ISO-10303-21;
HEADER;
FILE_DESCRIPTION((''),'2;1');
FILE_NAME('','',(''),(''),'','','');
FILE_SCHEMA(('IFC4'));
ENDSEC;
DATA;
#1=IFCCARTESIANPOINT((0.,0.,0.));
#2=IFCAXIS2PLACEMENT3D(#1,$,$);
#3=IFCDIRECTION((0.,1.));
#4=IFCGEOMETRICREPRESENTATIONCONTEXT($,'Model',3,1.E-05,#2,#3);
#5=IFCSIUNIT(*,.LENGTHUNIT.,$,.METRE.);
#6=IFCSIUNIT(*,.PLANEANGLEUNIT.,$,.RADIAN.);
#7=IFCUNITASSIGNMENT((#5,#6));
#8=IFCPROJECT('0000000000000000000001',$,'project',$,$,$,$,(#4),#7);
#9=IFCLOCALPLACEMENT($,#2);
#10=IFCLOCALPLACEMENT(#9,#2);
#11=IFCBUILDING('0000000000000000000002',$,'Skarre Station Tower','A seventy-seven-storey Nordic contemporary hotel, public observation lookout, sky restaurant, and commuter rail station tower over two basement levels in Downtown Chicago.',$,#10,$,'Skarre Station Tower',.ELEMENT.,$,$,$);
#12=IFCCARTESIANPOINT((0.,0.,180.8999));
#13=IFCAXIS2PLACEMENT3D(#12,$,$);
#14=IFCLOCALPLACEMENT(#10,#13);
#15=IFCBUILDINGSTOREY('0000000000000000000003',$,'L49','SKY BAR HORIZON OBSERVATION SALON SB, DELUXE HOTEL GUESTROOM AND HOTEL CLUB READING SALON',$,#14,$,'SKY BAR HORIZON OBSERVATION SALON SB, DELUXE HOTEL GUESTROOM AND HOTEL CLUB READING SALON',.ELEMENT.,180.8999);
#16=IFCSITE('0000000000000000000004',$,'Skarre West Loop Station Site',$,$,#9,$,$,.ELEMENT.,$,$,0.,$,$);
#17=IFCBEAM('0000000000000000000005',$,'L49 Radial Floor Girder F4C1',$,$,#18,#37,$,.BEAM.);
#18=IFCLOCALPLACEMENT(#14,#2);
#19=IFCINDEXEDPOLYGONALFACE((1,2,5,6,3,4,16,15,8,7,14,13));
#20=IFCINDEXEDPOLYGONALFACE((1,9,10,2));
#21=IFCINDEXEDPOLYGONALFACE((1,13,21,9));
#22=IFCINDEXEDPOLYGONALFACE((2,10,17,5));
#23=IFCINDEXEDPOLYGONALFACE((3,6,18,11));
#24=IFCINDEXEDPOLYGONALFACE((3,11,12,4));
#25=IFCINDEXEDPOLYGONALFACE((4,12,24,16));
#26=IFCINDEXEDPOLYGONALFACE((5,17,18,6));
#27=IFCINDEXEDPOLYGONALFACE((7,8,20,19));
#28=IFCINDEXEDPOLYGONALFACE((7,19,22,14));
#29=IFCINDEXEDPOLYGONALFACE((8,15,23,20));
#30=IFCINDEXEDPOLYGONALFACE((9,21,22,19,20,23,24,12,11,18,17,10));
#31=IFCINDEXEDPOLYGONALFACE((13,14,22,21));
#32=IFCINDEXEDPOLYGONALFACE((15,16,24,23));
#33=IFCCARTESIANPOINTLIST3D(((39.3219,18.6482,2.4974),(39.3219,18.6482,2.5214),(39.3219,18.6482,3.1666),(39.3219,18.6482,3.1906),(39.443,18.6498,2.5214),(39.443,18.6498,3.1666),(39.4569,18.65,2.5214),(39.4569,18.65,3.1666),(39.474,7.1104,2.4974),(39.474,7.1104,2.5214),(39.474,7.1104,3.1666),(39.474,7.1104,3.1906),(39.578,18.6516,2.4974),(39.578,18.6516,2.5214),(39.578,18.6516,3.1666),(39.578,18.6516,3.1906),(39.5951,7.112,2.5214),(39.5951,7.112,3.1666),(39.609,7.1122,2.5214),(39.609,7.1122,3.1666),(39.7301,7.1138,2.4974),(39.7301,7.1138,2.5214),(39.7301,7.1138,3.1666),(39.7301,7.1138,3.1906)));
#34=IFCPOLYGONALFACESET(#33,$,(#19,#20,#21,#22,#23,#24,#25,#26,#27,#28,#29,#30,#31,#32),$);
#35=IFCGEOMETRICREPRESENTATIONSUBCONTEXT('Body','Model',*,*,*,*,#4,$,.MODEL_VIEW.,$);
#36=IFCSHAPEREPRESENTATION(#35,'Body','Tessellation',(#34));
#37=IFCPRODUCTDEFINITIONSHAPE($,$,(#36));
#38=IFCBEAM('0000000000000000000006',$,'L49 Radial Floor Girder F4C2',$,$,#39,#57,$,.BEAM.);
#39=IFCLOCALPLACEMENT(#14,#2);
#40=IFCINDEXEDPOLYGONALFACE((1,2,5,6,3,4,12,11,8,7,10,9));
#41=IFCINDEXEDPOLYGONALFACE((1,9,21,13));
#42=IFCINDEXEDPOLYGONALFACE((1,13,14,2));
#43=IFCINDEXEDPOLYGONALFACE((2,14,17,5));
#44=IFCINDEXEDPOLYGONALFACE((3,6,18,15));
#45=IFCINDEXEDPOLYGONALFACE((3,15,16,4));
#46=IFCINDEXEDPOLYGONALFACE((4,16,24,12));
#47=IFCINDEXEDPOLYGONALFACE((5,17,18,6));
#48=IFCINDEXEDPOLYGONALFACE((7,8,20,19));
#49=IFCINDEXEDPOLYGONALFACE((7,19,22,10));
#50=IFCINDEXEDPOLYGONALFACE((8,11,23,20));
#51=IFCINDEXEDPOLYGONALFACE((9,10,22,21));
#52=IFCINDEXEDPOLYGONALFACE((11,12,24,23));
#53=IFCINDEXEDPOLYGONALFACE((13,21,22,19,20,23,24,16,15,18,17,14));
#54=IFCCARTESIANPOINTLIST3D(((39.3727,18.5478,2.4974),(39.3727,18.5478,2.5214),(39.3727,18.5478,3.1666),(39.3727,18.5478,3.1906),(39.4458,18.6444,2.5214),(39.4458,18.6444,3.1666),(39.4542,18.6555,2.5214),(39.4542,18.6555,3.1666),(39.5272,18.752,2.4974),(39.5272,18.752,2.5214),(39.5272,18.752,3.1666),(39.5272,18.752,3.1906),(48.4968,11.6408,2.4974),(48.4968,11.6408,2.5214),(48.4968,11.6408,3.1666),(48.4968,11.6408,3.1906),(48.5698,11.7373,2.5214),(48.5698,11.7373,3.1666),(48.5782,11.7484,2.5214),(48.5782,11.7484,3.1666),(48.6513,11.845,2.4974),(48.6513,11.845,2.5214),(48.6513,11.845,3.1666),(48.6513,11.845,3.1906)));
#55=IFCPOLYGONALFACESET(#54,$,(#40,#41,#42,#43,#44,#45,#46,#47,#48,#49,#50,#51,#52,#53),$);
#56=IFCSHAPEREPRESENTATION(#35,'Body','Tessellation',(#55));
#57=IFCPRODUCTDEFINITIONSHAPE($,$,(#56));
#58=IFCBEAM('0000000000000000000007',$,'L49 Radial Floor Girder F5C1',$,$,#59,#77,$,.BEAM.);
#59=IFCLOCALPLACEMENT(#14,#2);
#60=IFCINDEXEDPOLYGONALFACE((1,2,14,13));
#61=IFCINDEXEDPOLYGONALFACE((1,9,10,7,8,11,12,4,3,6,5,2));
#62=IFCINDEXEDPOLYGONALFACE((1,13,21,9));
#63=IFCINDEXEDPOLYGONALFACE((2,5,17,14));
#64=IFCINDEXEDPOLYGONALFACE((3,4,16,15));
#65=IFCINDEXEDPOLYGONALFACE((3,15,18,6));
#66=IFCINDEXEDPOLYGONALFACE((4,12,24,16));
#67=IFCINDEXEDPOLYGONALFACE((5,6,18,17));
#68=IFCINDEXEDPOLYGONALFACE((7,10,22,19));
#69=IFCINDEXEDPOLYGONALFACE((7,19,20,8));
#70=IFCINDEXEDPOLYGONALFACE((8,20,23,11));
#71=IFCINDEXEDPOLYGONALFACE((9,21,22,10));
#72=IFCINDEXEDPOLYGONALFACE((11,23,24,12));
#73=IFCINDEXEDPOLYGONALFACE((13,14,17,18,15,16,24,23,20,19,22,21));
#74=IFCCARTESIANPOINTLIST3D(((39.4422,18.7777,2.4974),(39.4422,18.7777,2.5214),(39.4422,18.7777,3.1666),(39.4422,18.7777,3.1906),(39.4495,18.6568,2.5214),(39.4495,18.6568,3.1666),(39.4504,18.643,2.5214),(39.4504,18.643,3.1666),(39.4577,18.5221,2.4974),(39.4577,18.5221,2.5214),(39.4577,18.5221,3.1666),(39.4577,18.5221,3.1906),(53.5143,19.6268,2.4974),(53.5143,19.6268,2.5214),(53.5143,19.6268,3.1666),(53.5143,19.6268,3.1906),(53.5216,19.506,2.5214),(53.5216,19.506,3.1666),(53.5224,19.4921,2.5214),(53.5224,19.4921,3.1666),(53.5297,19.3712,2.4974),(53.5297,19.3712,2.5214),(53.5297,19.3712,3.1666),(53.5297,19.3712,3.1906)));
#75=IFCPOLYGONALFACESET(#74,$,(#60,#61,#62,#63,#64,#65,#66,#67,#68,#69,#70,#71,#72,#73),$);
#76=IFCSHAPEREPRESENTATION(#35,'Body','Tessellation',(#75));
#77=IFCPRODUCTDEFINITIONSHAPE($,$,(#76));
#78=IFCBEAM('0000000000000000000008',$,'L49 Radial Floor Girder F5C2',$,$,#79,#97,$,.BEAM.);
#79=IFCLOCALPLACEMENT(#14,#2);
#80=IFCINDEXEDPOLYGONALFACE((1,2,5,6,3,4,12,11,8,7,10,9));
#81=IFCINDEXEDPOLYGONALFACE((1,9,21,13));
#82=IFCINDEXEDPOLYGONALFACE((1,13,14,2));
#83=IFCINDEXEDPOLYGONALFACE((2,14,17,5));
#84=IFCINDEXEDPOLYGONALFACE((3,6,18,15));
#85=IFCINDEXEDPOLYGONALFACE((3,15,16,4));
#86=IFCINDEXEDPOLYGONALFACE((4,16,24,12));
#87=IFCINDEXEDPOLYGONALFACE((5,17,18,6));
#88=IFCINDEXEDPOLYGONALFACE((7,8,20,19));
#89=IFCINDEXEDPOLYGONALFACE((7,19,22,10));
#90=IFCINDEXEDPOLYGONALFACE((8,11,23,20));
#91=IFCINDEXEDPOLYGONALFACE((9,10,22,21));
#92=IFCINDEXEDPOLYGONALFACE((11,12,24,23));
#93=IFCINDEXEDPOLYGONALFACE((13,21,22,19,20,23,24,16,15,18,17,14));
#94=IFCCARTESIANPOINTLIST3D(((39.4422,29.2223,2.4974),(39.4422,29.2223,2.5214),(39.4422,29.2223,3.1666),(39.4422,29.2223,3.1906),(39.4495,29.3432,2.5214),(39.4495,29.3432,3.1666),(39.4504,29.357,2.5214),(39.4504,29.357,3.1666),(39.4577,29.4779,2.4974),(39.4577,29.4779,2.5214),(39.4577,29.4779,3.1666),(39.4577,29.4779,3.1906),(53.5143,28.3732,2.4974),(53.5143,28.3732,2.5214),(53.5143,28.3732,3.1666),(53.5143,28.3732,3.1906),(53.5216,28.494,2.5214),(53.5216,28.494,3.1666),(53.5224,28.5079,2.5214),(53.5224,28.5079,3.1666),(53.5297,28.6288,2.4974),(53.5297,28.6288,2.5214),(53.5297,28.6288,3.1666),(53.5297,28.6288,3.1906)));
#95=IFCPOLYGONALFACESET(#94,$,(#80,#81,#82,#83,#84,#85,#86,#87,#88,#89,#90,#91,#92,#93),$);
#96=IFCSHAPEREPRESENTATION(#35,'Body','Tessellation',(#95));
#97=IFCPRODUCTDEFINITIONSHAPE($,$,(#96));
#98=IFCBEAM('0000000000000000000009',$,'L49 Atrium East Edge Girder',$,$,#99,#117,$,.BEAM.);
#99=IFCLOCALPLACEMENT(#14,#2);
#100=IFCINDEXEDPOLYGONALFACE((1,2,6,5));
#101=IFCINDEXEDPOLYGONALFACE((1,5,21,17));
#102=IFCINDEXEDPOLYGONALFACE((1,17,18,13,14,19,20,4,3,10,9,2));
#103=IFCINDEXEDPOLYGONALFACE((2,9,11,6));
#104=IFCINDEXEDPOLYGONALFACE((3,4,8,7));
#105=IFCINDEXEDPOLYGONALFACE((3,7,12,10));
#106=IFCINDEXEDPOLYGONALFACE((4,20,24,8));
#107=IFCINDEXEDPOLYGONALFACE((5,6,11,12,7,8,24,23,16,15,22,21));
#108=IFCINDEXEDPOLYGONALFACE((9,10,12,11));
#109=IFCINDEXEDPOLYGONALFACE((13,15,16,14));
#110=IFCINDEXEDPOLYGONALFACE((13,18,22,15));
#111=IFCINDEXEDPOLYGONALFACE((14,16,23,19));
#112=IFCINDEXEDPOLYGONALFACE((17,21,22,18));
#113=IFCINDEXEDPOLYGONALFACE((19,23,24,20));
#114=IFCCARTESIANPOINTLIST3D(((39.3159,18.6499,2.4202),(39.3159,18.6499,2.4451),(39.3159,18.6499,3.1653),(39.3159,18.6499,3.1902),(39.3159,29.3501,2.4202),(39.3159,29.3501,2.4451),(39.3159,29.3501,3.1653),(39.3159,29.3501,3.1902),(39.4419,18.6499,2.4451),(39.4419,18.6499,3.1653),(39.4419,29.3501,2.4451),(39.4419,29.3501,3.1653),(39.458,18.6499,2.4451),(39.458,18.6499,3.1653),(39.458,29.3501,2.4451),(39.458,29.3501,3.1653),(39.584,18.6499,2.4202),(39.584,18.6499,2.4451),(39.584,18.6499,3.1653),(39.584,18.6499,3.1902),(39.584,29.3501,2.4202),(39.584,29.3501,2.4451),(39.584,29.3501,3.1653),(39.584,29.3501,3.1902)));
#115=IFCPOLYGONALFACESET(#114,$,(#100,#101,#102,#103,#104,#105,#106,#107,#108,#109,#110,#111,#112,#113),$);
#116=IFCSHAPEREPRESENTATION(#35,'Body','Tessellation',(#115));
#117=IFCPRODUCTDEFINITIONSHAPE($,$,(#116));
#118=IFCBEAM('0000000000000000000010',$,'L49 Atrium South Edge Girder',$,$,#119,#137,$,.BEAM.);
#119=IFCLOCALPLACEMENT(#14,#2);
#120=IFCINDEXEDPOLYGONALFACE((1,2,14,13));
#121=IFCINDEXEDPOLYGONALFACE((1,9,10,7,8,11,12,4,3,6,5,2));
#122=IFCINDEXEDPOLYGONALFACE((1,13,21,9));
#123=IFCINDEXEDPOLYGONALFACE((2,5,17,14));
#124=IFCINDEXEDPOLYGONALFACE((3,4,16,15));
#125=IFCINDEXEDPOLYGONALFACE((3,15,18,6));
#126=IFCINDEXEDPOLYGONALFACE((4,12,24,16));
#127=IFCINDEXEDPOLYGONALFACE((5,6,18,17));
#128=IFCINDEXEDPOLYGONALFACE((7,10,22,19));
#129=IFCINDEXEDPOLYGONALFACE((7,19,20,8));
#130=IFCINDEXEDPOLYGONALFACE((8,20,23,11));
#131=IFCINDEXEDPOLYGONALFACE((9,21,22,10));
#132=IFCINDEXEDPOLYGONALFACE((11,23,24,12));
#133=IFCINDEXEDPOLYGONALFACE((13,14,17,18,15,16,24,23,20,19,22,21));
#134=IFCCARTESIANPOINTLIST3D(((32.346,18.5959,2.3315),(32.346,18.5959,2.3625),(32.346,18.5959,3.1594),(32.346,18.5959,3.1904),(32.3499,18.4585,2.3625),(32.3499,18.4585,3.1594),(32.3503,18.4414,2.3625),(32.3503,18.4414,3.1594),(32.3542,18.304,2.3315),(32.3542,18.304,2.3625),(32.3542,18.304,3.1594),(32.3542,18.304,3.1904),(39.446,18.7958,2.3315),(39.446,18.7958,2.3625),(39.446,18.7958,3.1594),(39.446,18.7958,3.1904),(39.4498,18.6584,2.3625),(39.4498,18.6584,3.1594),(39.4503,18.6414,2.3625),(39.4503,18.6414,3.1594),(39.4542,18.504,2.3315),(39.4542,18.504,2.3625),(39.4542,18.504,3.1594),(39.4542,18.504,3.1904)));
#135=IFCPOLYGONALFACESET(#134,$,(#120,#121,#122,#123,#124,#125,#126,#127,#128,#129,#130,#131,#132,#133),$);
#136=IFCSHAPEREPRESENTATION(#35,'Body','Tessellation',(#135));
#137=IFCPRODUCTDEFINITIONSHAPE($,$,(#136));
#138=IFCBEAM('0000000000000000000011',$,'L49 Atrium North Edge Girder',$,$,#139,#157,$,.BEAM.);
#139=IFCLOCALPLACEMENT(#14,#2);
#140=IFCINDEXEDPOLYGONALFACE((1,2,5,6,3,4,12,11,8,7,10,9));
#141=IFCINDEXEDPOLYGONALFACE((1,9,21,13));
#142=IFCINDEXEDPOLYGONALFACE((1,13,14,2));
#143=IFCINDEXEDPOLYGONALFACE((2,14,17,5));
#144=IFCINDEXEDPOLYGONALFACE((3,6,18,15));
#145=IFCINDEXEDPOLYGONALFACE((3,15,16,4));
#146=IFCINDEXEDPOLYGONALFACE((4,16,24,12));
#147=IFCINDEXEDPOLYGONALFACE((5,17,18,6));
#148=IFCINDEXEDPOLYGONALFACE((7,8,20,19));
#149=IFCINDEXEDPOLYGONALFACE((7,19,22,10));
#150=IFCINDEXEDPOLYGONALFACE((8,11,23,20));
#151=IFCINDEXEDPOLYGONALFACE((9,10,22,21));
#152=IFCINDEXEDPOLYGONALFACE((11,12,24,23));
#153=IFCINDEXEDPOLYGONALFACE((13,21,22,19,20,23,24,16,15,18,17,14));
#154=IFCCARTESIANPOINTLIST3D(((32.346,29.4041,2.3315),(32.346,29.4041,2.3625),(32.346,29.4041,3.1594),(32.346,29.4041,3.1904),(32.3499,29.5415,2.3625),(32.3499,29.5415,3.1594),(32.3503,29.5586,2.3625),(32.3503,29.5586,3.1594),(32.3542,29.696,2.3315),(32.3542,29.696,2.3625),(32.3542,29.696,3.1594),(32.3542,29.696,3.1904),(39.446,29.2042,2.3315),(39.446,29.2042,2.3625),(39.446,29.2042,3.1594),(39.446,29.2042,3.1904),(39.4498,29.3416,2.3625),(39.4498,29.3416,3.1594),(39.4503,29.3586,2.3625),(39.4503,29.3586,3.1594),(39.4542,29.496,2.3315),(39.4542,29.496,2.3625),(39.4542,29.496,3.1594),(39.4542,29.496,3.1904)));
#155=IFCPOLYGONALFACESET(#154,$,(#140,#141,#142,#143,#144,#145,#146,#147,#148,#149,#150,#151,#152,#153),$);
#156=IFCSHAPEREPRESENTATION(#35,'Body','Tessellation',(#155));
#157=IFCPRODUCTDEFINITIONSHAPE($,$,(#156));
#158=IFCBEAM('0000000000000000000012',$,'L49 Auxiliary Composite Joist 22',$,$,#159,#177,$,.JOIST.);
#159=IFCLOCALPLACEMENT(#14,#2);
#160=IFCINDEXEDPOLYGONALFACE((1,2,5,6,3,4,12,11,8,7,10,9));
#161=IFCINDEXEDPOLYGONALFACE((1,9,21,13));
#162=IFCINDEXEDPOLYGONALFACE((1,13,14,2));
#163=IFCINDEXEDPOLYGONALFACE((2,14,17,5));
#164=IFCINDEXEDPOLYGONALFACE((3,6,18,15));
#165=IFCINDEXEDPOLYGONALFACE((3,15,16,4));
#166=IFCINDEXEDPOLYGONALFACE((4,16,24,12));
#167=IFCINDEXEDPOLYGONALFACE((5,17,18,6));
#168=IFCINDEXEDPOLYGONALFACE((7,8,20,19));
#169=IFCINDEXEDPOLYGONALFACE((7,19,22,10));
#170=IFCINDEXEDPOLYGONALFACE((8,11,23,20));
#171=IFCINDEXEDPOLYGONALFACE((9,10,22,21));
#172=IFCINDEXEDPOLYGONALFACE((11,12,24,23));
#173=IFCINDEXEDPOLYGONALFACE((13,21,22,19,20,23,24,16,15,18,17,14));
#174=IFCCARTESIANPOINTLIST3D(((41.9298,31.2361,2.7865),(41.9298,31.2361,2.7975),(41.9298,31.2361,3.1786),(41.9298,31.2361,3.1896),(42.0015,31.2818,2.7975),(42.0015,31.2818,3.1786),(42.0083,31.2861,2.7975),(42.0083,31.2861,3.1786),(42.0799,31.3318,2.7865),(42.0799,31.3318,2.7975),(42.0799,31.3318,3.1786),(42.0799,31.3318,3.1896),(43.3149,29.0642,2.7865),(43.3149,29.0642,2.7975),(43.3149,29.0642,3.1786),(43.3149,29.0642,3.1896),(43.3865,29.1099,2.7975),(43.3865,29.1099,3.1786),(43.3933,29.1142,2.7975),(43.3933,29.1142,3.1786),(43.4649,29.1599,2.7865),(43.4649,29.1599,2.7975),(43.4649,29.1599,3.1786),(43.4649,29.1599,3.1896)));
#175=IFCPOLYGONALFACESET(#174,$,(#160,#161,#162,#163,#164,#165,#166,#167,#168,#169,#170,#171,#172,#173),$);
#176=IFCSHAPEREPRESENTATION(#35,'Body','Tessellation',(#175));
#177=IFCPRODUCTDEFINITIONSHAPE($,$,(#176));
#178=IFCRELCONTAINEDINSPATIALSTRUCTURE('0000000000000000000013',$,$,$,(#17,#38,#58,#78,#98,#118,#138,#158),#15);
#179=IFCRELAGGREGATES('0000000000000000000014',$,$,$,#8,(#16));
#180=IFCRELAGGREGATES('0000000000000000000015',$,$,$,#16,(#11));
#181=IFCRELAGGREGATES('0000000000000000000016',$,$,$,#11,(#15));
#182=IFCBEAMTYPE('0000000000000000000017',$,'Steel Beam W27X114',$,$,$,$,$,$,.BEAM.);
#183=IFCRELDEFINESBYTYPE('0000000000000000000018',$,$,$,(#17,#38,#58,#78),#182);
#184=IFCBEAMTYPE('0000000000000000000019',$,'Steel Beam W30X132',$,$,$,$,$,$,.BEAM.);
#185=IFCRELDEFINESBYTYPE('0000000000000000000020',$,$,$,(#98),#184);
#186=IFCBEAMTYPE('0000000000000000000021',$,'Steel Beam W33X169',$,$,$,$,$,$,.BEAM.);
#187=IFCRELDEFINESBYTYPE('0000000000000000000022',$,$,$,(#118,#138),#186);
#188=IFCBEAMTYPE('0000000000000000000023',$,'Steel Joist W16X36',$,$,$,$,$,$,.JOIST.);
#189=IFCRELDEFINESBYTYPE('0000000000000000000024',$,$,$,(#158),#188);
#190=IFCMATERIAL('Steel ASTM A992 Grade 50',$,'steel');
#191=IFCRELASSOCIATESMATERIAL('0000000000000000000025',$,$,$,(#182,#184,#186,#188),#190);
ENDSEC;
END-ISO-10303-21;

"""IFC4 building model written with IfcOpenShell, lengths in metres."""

from ifc_helpers import new_model, si_unit, direction, frame, origin, origin_2d, place, context, subcontext, project, spatial, i_section, extrude, material, material_profile, profile_set, type_object, element, save


model = new_model("IFC4")

# Units and contexts
model_context = context("Model", 3, precision=1e-05, world=origin(), true_north=direction((0.0, 1.0)))
body_context = subcontext(model_context, "Body", "Model", "MODEL_VIEW")
ifc_project = project(units=[si_unit("LENGTHUNIT", "METRE"), si_unit("PLANEANGLEUNIT", "RADIAN")], contexts=[model_context])

# Site, building, storey
site_placement = place(None, origin())
site = spatial("IfcSite", under=ifc_project, at=site_placement, Name="Skarre West Loop Station Site", CompositionType="ELEMENT", RefElevation=0.0)
building_placement = place(site_placement, origin())
building = spatial("IfcBuilding", under=site, at=building_placement, Name="Skarre Station Tower", Description="A seventy-seven-storey Nordic contemporary hotel, public observation lookout, sky restaurant, and commuter rail station tower over two basement levels in Downtown Chicago.", LongName="Skarre Station Tower", CompositionType="ELEMENT")
storey_placement = place(building_placement, frame((0.0, 0.0, 180.8999)))
storey = spatial("IfcBuildingStorey", under=building, at=storey_placement, Name="L49", Description="SKY BAR HORIZON OBSERVATION SALON SB, DELUXE HOTEL GUESTROOM AND HOTEL CLUB READING SALON", LongName="SKY BAR HORIZON OBSERVATION SALON SB, DELUXE HOTEL GUESTROOM AND HOTEL CLUB READING SALON", CompositionType="ELEMENT", Elevation=180.8999)

# Beams
ifc_material_1 = material(Name="Steel ASTM A992 Grade 50", Category="steel")
ifc_material_profile_1 = material_profile(ifc_material_1, i_section(OverallWidth=0.2561, OverallDepth=0.6931, WebThickness=0.0139, FlangeThickness=0.0239, at=origin_2d()), Name="Steel ASTM A992 Grade 50")
ifc_profile_set_1 = profile_set([ifc_material_profile_1], Name="Steel ASTM A992 Grade 50")
beam_type_1 = type_object("IfcBeamType", Name="Steel Beam W27X114", PredefinedType="BEAM", material=ifc_profile_set_1)
beam_1_placement = place(storey_placement, frame((39.45, 18.6499, 2.844), z_axis=(0.013182, -0.999913, 0.0), x_axis=(0.999913, 0.013182, 0.0)))
element("IfcBeam", 1, at=beam_1_placement, inside=storey, type_object=beam_type_1, Name="L49 Radial Floor Girder F4C1", PredefinedType="BEAM", context=body_context, shape_type="SweptSolid", body=[
    extrude(i_section(OverallWidth=0.2561, OverallDepth=0.6931, WebThickness=0.0139, FlangeThickness=0.0239, at=origin_2d()), origin(), (0.0, 0.0, 1.0), 11.5388),
])
beam_2_placement = place(storey_placement, frame((39.45, 18.6499, 2.844), z_axis=(0.797309, -0.603571, 0.0), x_axis=(0.603571, 0.797309, 0.0)))
element("IfcBeam", 2, at=beam_2_placement, inside=storey, type_object=beam_type_1, Name="L49 Radial Floor Girder F4C2", PredefinedType="BEAM", context=body_context, shape_type="SweptSolid", body=[
    extrude(i_section(OverallWidth=0.2561, OverallDepth=0.6931, WebThickness=0.0139, FlangeThickness=0.0239, at=origin_2d()), origin(), (0.0, 0.0, 1.0), 11.4436),
])
for number, where, z_axis, x_axis, name in (
    (3, (39.45, 18.6499, 2.844), (0.998184, 0.060232, 0.0), (-0.060232, 0.998184, 0.0), "L49 Radial Floor Girder F5C1"),
    (4, (39.45, 29.3501, 2.844), (0.998184, -0.060232, 0.0), (0.060232, 0.998184, 0.0), "L49 Radial Floor Girder F5C2"),
):
    element("IfcBeam", number, at=place(storey_placement, frame(where, z_axis=z_axis, x_axis=x_axis)), inside=storey, type_object=beam_type_1, Name=name, PredefinedType="BEAM", context=body_context, shape_type="SweptSolid", body=[
        extrude(i_section(OverallWidth=0.2561, OverallDepth=0.6931, WebThickness=0.0139, FlangeThickness=0.0239, at=origin_2d()), origin(), (0.0, 0.0, 1.0), 14.0977),
    ])
ifc_material_profile_2 = material_profile(ifc_material_1, i_section(OverallWidth=0.2681, OverallDepth=0.77, WebThickness=0.0161, FlangeThickness=0.0249, at=origin_2d()), Name="Steel ASTM A992 Grade 50")
ifc_profile_set_2 = profile_set([ifc_material_profile_2], Name="Steel ASTM A992 Grade 50")
beam_type_2 = type_object("IfcBeamType", Name="Steel Beam W30X132", PredefinedType="BEAM", material=ifc_profile_set_2)
beam_3_placement = place(storey_placement, frame((39.45, 18.6499, 2.8052), z_axis=(0.0, 1.0, 0.0), x_axis=(-1.0, 0.0, 0.0)))
element("IfcBeam", 5, at=beam_3_placement, inside=storey, type_object=beam_type_2, Name="L49 Atrium East Edge Girder", PredefinedType="BEAM", context=body_context, shape_type="SweptSolid", body=[
    extrude(i_section(OverallWidth=0.2681, OverallDepth=0.77, WebThickness=0.0161, FlangeThickness=0.0249, at=origin_2d()), origin(), (0.0, 0.0, 1.0), 10.7002),
])
ifc_material_profile_3 = material_profile(ifc_material_1, i_section(OverallWidth=0.292, OverallDepth=0.8589, WebThickness=0.0171, FlangeThickness=0.031, at=origin_2d()), Name="Steel ASTM A992 Grade 50")
ifc_profile_set_3 = profile_set([ifc_material_profile_3], Name="Steel ASTM A992 Grade 50")
beam_type_3 = type_object("IfcBeamType", Name="Steel Beam W33X169", PredefinedType="BEAM", material=ifc_profile_set_3)
for number, where, z_axis, x_axis, name in (
    (6, (32.3501, 18.45, 2.761), (0.999604, 0.028152, 0.0), (-0.028152, 0.999604, 0.0), "L49 Atrium South Edge Girder"),
    (7, (32.3501, 29.55, 2.761), (0.999604, -0.028152, 0.0), (0.028152, 0.999604, 0.0), "L49 Atrium North Edge Girder"),
):
    element("IfcBeam", number, at=place(storey_placement, frame(where, z_axis=z_axis, x_axis=x_axis)), inside=storey, type_object=beam_type_3, Name=name, PredefinedType="BEAM", context=body_context, shape_type="SweptSolid", body=[
        extrude(i_section(OverallWidth=0.292, OverallDepth=0.8589, WebThickness=0.0171, FlangeThickness=0.031, at=origin_2d()), origin(), (0.0, 0.0, 1.0), 7.1028),
    ])
ifc_material_profile_4 = material_profile(ifc_material_1, i_section(OverallWidth=0.178, OverallDepth=0.4031, WebThickness=0.0081, FlangeThickness=0.011, at=origin_2d()), Name="Steel ASTM A992 Grade 50")
ifc_profile_set_4 = profile_set([ifc_material_profile_4], Name="Steel ASTM A992 Grade 50")
beam_type_4 = type_object("IfcBeamType", Name="Steel Joist W16X36", PredefinedType="JOIST", material=ifc_profile_set_4)
beam_4_placement = place(storey_placement, frame((43.3899, 29.1121, 2.988), z_axis=(-0.537679, 0.84315, 0.0), x_axis=(-0.84315, -0.537679, 0.0)))
element("IfcBeam", 8, at=beam_4_placement, inside=storey, type_object=beam_type_4, Name="L49 Auxiliary Composite Joist 22", PredefinedType="JOIST", context=body_context, shape_type="SweptSolid", body=[
    extrude(i_section(OverallWidth=0.178, OverallDepth=0.4031, WebThickness=0.0081, FlangeThickness=0.011, at=origin_2d()), origin(), (0.0, 0.0, 1.0), 2.5759),
])

save(model, "model.ifc")
